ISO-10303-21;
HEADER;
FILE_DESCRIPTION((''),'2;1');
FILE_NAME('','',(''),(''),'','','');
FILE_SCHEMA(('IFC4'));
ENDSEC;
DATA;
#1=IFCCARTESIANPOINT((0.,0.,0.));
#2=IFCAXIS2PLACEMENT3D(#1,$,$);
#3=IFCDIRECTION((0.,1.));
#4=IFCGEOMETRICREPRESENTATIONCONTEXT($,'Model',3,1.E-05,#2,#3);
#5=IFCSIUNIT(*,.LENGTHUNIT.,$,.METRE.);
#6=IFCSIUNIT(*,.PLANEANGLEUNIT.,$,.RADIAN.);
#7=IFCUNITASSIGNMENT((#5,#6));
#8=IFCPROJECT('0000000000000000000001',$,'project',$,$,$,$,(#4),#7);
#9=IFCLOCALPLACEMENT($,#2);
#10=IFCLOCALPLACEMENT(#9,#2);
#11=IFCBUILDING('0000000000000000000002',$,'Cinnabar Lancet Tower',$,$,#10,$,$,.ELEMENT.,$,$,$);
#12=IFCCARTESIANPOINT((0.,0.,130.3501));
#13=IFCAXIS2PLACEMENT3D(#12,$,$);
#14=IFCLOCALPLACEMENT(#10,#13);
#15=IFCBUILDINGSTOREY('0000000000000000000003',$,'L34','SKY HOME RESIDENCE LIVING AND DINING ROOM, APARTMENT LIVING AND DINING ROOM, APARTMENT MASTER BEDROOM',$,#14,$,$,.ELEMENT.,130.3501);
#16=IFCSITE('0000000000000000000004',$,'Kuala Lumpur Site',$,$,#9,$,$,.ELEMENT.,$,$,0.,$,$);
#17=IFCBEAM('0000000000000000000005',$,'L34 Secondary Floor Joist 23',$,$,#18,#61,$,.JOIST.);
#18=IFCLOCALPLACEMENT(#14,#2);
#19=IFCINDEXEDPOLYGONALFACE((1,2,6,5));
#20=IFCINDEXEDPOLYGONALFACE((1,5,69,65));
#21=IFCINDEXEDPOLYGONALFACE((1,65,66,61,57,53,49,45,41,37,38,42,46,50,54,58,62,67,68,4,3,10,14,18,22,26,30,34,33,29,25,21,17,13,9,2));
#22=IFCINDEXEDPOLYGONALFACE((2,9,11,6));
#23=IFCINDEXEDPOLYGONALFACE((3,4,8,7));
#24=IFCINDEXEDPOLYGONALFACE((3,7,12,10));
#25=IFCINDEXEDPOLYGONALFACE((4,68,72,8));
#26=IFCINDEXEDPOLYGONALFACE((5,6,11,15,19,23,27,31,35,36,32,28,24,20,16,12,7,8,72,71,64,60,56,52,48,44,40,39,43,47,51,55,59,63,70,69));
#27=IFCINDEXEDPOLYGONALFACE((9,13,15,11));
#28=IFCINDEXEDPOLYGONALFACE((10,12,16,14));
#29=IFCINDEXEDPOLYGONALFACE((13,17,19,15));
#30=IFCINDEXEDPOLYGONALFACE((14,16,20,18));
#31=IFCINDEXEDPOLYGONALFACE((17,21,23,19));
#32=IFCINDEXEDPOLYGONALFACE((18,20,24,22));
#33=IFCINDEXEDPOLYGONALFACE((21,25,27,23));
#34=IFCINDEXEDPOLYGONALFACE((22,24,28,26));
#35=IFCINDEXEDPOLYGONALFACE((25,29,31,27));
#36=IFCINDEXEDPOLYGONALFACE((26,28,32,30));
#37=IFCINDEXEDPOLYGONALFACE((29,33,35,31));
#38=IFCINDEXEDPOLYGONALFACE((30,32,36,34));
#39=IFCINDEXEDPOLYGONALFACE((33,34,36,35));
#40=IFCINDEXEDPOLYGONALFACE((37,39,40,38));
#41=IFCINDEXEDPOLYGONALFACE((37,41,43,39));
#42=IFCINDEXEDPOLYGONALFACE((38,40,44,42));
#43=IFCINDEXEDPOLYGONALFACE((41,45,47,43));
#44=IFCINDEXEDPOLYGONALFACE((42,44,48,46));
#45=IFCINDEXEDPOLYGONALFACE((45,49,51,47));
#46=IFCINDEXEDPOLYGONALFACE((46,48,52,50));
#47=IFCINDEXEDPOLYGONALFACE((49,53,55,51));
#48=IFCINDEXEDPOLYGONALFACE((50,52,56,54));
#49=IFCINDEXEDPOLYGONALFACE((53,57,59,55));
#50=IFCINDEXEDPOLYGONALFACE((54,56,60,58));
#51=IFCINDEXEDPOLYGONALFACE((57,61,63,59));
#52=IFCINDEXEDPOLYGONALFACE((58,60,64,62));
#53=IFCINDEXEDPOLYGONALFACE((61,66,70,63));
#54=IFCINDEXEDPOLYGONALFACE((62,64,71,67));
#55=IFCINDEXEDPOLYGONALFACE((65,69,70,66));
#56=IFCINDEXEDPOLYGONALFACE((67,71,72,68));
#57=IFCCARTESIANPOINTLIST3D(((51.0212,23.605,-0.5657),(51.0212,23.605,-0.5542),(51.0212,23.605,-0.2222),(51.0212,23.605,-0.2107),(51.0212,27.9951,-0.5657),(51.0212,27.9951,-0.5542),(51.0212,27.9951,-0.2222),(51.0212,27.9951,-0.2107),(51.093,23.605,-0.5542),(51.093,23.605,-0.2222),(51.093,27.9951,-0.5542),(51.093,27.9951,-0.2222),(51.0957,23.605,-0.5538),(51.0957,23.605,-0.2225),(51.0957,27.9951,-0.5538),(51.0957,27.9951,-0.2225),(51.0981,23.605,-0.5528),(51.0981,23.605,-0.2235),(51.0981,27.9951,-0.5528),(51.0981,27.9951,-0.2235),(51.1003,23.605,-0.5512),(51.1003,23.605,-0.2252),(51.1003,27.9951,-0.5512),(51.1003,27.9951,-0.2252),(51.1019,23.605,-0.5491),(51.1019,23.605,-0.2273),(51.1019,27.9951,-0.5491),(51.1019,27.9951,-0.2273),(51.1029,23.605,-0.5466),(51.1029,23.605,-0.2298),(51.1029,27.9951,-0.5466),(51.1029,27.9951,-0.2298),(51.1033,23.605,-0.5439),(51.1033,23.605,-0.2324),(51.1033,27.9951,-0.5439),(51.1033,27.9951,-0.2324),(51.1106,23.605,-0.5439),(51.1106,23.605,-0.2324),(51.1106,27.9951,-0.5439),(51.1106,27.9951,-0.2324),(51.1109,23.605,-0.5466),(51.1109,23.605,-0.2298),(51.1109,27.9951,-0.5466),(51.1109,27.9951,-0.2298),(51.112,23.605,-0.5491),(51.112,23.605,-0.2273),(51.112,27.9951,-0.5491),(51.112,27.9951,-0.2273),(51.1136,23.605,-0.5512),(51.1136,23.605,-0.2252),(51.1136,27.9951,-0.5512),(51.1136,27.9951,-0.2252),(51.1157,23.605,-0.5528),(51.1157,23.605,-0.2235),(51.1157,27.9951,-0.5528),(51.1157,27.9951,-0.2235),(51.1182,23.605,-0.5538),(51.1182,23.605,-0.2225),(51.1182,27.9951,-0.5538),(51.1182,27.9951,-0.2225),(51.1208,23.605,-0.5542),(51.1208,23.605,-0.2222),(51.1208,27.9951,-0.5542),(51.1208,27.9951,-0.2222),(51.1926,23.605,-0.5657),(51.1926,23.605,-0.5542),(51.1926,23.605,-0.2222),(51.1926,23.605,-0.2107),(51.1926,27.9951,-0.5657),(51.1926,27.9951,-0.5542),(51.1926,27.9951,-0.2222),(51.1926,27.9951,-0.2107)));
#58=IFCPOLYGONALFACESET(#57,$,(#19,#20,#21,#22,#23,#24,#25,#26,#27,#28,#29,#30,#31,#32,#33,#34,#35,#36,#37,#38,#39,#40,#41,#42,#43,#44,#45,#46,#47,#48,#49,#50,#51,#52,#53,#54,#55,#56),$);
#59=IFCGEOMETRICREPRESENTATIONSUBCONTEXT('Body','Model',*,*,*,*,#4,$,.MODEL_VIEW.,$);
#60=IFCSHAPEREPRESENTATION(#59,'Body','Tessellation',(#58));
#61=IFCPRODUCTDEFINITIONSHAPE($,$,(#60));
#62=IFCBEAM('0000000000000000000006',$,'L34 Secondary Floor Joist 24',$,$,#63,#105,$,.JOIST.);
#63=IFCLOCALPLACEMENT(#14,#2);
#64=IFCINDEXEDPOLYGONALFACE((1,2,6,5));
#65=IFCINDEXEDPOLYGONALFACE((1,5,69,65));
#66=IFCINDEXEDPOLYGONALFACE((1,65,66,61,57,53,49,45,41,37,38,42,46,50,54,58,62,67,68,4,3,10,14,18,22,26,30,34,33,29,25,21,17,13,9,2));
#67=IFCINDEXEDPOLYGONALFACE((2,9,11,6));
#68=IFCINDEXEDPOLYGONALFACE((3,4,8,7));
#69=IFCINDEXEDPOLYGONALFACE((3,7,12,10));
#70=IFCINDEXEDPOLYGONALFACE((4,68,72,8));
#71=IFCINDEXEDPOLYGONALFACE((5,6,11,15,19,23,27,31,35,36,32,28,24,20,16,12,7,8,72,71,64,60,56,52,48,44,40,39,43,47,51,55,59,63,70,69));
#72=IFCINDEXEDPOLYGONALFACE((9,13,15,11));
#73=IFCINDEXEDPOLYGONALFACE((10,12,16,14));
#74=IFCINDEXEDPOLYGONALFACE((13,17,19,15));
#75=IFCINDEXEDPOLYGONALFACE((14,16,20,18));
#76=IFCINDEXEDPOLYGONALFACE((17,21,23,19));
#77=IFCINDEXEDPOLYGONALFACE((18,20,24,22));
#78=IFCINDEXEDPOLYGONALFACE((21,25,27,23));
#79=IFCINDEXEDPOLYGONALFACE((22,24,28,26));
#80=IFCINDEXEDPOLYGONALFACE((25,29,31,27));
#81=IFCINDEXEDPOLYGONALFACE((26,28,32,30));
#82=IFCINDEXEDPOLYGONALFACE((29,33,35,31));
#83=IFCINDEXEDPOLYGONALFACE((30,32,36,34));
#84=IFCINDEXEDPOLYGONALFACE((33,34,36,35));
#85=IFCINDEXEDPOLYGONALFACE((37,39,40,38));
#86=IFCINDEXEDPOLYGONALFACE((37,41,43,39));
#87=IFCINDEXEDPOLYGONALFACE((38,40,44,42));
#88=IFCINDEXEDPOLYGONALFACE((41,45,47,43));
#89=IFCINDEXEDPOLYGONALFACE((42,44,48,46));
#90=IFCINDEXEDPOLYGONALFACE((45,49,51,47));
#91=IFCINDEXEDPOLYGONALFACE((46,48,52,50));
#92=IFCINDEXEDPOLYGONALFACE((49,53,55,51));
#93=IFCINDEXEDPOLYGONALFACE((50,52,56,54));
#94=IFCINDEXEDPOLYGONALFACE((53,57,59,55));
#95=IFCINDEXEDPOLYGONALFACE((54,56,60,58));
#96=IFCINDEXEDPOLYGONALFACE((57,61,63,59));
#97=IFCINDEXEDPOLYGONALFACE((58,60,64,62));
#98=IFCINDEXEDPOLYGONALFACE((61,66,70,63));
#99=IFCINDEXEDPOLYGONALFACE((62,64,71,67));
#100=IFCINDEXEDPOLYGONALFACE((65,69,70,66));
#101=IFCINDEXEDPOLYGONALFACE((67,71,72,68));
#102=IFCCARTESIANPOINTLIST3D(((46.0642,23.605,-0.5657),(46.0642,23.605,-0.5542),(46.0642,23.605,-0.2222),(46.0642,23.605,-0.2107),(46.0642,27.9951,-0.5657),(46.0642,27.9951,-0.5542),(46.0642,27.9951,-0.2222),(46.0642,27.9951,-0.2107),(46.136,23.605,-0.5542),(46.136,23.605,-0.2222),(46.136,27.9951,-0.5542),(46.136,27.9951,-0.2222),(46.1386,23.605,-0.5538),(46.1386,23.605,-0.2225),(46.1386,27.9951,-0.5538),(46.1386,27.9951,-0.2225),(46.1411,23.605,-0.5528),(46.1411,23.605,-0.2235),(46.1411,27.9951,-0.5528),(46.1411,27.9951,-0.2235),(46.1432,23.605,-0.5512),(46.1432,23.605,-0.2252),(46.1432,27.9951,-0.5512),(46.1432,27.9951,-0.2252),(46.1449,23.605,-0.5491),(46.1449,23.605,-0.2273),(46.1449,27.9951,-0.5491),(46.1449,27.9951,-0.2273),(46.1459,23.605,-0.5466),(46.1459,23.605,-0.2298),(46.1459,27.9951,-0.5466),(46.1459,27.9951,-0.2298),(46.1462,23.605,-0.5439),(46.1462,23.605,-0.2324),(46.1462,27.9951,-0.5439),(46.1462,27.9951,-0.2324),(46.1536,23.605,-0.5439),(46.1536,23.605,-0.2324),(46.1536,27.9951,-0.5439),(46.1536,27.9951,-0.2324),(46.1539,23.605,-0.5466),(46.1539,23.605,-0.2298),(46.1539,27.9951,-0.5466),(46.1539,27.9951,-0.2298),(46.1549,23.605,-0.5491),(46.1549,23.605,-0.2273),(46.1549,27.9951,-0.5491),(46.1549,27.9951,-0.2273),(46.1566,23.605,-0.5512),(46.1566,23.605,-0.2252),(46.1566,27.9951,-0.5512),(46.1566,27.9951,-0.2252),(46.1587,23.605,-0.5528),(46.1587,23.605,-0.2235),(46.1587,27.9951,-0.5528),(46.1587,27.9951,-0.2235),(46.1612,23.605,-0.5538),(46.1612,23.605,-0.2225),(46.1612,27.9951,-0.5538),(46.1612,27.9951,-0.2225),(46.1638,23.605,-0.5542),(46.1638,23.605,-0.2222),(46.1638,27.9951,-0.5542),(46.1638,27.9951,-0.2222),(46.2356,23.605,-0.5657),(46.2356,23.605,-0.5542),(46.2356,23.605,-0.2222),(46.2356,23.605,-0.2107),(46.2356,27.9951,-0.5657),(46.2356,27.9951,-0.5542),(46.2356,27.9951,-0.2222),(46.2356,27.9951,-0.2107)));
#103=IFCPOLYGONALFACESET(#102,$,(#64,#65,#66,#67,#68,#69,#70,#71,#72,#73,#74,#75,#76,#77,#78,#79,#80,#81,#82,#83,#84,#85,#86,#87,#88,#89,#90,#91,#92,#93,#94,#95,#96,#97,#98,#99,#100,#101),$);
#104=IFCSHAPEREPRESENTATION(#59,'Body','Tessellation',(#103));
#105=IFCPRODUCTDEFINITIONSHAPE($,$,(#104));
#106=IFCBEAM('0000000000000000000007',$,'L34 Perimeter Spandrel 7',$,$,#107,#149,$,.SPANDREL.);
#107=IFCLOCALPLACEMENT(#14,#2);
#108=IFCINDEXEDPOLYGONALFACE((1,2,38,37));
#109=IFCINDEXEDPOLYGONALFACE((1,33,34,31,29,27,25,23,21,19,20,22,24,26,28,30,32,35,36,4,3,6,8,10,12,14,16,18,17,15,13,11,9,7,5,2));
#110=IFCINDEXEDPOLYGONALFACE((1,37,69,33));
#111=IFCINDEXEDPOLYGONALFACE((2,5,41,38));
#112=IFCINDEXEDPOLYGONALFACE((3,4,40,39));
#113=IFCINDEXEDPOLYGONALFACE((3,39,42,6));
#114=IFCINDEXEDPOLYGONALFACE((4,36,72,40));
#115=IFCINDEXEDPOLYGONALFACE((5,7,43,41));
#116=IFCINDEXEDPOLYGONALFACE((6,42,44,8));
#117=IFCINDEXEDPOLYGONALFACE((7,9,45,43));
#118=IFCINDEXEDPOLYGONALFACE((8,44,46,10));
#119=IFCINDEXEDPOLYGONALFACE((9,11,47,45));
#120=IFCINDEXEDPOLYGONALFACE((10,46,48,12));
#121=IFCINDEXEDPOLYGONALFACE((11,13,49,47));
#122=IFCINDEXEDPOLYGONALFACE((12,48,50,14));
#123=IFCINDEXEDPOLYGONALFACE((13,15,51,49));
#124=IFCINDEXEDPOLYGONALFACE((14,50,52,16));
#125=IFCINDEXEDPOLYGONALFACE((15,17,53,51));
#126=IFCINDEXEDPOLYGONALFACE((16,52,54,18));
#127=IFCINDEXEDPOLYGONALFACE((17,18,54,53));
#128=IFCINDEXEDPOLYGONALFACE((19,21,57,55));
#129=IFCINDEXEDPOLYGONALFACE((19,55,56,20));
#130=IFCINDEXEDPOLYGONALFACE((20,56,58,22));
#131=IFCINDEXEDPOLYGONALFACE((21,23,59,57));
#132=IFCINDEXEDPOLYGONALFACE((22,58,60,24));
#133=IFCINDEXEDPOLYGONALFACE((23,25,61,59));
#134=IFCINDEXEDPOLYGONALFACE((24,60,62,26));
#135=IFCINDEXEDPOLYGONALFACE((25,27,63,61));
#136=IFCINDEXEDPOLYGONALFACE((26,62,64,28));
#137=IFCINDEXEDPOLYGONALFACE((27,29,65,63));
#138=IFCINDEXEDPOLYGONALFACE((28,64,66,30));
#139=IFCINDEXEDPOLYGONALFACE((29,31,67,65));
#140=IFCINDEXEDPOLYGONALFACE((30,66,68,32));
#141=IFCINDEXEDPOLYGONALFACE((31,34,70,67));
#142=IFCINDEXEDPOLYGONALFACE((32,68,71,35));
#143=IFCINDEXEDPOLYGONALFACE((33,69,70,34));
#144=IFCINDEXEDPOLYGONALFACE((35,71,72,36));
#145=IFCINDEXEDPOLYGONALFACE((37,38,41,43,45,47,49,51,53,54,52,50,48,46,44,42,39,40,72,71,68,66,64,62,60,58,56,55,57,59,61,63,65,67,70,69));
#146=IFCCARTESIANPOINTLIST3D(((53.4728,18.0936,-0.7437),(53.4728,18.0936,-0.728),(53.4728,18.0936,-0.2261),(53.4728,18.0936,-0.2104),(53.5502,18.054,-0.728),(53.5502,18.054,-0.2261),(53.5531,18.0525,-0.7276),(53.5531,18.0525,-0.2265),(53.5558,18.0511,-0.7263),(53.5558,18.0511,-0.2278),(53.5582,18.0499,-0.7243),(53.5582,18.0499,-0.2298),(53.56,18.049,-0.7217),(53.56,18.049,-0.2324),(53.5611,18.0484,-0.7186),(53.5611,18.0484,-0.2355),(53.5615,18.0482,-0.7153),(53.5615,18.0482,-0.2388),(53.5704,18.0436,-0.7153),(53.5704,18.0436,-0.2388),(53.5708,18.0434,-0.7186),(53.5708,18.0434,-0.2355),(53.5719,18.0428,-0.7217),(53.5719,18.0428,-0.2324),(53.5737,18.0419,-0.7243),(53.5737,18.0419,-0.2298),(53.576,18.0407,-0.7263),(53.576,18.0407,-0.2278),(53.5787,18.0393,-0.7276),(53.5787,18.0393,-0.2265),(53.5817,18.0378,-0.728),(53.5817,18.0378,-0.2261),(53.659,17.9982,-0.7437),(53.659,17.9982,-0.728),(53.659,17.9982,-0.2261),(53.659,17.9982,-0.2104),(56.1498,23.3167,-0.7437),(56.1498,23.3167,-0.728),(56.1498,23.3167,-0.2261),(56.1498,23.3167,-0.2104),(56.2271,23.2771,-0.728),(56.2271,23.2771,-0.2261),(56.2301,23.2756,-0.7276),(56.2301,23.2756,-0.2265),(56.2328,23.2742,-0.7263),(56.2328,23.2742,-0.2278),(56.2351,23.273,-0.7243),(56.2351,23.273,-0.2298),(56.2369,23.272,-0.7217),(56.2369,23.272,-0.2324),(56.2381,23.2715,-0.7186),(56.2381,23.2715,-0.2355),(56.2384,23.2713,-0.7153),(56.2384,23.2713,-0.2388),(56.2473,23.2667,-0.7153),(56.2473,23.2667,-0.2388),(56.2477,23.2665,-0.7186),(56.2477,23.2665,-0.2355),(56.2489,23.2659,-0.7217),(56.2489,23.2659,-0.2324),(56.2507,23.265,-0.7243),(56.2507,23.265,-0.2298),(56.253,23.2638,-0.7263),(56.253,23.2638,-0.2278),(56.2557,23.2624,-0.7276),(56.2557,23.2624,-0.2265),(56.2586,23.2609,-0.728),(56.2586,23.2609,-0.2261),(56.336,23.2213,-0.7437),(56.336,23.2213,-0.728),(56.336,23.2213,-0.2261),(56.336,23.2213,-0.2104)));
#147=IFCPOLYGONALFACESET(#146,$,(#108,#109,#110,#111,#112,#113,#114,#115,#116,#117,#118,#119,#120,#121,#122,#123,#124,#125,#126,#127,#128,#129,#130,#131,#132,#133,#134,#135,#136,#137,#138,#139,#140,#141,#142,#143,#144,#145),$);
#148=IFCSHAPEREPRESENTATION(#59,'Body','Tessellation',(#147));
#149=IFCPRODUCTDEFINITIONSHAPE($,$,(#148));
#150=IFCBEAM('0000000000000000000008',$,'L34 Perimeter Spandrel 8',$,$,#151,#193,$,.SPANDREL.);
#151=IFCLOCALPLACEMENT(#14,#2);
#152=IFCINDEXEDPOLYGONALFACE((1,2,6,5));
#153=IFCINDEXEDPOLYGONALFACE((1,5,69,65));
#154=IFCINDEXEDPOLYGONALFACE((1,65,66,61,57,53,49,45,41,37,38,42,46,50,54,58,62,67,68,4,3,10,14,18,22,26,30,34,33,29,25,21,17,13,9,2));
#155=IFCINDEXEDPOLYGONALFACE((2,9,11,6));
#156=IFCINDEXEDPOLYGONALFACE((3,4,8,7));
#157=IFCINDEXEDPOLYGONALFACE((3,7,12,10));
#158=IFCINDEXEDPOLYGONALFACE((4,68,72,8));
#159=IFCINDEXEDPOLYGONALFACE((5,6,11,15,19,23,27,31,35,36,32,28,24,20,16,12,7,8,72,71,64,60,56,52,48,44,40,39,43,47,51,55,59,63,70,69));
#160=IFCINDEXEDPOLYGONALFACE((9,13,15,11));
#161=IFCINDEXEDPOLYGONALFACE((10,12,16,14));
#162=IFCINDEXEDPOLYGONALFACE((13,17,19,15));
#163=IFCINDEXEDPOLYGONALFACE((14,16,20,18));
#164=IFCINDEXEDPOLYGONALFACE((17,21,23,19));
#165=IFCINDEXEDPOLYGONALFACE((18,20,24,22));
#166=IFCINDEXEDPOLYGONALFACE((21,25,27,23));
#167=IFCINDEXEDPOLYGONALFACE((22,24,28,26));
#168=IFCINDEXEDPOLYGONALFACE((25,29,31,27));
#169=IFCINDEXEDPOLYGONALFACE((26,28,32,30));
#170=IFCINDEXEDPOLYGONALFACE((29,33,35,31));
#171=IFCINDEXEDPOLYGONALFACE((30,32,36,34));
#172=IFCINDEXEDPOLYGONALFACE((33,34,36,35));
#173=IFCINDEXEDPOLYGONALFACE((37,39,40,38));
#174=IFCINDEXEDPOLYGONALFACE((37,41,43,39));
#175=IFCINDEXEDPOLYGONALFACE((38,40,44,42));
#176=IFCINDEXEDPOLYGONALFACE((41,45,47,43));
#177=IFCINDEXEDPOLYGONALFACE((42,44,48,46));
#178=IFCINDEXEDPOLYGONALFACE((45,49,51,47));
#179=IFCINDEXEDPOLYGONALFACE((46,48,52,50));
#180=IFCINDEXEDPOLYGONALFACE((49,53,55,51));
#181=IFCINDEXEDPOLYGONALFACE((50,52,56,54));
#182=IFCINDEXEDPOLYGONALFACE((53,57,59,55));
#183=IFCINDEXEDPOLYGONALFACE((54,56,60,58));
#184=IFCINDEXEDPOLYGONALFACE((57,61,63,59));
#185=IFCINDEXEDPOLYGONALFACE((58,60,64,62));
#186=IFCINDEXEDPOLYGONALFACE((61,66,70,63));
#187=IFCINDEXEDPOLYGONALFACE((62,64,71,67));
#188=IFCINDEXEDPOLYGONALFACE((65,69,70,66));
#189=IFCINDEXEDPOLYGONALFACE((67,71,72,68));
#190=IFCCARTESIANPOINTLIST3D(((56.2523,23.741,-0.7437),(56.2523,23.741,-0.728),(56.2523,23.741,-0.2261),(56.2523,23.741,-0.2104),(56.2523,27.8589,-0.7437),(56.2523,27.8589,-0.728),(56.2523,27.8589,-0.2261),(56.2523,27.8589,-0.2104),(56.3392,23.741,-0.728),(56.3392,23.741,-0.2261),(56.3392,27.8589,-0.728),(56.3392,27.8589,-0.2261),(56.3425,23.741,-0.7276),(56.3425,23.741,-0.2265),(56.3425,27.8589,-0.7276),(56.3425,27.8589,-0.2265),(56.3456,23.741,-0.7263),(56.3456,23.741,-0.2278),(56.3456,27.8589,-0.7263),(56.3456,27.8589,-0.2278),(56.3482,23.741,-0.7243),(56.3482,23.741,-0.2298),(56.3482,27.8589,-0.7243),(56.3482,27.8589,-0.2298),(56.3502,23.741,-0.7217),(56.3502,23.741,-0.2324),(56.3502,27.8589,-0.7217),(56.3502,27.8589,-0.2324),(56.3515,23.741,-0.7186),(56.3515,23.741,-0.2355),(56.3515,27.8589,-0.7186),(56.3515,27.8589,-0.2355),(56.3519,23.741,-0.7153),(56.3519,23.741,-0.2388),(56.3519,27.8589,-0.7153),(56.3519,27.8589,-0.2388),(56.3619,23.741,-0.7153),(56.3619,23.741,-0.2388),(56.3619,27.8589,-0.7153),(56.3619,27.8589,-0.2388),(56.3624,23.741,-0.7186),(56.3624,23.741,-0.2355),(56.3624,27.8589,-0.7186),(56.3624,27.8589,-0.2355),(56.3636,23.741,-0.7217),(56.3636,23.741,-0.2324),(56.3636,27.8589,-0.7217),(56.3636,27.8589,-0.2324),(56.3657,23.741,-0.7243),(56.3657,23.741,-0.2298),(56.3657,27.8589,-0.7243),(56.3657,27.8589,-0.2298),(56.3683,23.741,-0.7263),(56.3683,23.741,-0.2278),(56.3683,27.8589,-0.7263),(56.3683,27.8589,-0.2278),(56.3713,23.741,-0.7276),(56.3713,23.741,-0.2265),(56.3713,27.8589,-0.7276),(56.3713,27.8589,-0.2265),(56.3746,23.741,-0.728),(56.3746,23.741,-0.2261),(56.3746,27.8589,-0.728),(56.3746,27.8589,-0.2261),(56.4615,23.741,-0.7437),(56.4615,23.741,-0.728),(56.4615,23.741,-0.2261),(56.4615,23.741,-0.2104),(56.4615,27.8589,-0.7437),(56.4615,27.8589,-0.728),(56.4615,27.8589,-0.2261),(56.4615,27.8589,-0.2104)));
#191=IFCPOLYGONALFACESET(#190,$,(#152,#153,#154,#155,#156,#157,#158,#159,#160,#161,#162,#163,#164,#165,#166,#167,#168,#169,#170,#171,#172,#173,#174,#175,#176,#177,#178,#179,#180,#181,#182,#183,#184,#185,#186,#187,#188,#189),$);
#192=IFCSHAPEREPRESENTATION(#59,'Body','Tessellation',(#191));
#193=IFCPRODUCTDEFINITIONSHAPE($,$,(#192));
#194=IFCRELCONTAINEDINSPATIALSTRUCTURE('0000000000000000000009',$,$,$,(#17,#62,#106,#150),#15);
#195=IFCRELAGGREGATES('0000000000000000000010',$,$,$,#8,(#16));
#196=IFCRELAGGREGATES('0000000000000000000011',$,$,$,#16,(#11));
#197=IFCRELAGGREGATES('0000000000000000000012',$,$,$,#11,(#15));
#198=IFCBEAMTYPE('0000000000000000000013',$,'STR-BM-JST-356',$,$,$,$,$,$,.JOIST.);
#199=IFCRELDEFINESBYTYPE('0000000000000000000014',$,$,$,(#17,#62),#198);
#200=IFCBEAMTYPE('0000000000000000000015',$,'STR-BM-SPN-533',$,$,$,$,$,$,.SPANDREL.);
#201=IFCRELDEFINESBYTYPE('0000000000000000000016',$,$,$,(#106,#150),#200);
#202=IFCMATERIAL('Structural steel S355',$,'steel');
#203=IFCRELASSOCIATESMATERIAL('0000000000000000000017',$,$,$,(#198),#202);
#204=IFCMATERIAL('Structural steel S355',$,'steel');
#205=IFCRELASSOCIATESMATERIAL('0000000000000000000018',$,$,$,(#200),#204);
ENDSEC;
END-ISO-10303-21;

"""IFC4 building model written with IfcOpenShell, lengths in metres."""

from ifc_helpers import new_model, si_unit, direction, frame, origin, origin_2d, place, context, subcontext, project, spatial, i_section, extrude, material, material_profile, profile_set, type_object, element, save


model = new_model("IFC4")

# Units and contexts
model_context = context("Model", 3, precision=1e-05, world=origin(), true_north=direction((0.0, 1.0)))
body_context = subcontext(model_context, "Body", "Model", "MODEL_VIEW")
ifc_project = project(units=[si_unit("LENGTHUNIT", "METRE"), si_unit("PLANEANGLEUNIT", "RADIAN")], contexts=[model_context])

# Site, building, storey
site_placement = place(None, origin())
site = spatial("IfcSite", under=ifc_project, at=site_placement, Name="Kuala Lumpur Site", CompositionType="ELEMENT", RefElevation=0.0)
building_placement = place(site_placement, origin())
building = spatial("IfcBuilding", under=site, at=building_placement, Name="Cinnabar Lancet Tower", CompositionType="ELEMENT")
storey_placement = place(building_placement, frame((0.0, 0.0, 130.3501)))
storey = spatial("IfcBuildingStorey", under=building, at=storey_placement, Name="L34", Description="SKY HOME RESIDENCE LIVING AND DINING ROOM, APARTMENT LIVING AND DINING ROOM, APARTMENT MASTER BEDROOM", CompositionType="ELEMENT", Elevation=130.3501)

# Beams
ifc_material_1 = material(Name="Structural steel S355", Category="steel")
ifc_material_profile_1 = material_profile(ifc_material_1, i_section(OverallWidth=0.1714, OverallDepth=0.355, WebThickness=0.0073, FlangeThickness=0.0115, FilletRadius=0.0103, at=origin_2d()), Name="UKB 356x171x51")
ifc_profile_set_1 = profile_set([ifc_material_profile_1], Name="Structural steel S355")
beam_type_1 = type_object("IfcBeamType", Name="STR-BM-JST-356", PredefinedType="JOIST", material=ifc_profile_set_1)
for number, where, z_axis, x_axis, name in (
    (1, (51.1069, 23.605, -0.3882), (0.0, 1.0, 0.0), (-1.0, 0.0, 0.0), "L34 Secondary Floor Joist 23"),
    (2, (46.1499, 23.605, -0.3882), (0.0, 1.0, 0.0), (-1.0, 0.0, 0.0), "L34 Secondary Floor Joist 24"),
):
    element("IfcBeam", number, at=place(storey_placement, frame(where, z_axis=z_axis, x_axis=x_axis)), inside=storey, type_object=beam_type_1, Name=name, PredefinedType="JOIST", context=body_context, shape_type="SweptSolid", body=[
        extrude(i_section(OverallWidth=0.1714, OverallDepth=0.355, WebThickness=0.0073, FlangeThickness=0.0115, FilletRadius=0.0103, at=origin_2d()), origin(), (0.0, 0.0, 1.0), 4.3901),
    ])
ifc_material_2 = material(Name="Structural steel S355", Category="steel")
ifc_material_profile_2 = material_profile(ifc_material_2, i_section(OverallWidth=0.2092, OverallDepth=0.5332, WebThickness=0.01, FlangeThickness=0.0156, FilletRadius=0.0127, at=origin_2d()), Name="UKB 533x210x92")
ifc_profile_set_2 = profile_set([ifc_material_profile_2], Name="Structural steel S355")
beam_type_2 = type_object("IfcBeamType", Name="STR-BM-SPN-533", PredefinedType="SPANDREL", material=ifc_profile_set_2)
beam_1_placement = place(storey_placement, frame((53.5659, 18.0459, -0.4771), z_axis=(0.45611, 0.889924, 0.0), x_axis=(-0.889924, 0.45611, 0.0)))
element("IfcBeam", 3, at=beam_1_placement, inside=storey, type_object=beam_type_2, Name="L34 Perimeter Spandrel 7", PredefinedType="SPANDREL", context=body_context, shape_type="SweptSolid", body=[
    extrude(i_section(OverallWidth=0.2092, OverallDepth=0.5332, WebThickness=0.01, FlangeThickness=0.0156, FilletRadius=0.0127, at=origin_2d()), origin(), (0.0, 0.0, 1.0), 5.8691),
])
beam_2_placement = place(storey_placement, frame((56.3569, 23.741, -0.4771), z_axis=(0.0, 1.0, 0.0), x_axis=(-1.0, 0.0, 0.0)))
element("IfcBeam", 4, at=beam_2_placement, inside=storey, type_object=beam_type_2, Name="L34 Perimeter Spandrel 8", PredefinedType="SPANDREL", context=body_context, shape_type="SweptSolid", body=[
    extrude(i_section(OverallWidth=0.2092, OverallDepth=0.5332, WebThickness=0.01, FlangeThickness=0.0156, FilletRadius=0.0127, at=origin_2d()), origin(), (0.0, 0.0, 1.0), 4.1179),
])

save(model, "model.ifc")
